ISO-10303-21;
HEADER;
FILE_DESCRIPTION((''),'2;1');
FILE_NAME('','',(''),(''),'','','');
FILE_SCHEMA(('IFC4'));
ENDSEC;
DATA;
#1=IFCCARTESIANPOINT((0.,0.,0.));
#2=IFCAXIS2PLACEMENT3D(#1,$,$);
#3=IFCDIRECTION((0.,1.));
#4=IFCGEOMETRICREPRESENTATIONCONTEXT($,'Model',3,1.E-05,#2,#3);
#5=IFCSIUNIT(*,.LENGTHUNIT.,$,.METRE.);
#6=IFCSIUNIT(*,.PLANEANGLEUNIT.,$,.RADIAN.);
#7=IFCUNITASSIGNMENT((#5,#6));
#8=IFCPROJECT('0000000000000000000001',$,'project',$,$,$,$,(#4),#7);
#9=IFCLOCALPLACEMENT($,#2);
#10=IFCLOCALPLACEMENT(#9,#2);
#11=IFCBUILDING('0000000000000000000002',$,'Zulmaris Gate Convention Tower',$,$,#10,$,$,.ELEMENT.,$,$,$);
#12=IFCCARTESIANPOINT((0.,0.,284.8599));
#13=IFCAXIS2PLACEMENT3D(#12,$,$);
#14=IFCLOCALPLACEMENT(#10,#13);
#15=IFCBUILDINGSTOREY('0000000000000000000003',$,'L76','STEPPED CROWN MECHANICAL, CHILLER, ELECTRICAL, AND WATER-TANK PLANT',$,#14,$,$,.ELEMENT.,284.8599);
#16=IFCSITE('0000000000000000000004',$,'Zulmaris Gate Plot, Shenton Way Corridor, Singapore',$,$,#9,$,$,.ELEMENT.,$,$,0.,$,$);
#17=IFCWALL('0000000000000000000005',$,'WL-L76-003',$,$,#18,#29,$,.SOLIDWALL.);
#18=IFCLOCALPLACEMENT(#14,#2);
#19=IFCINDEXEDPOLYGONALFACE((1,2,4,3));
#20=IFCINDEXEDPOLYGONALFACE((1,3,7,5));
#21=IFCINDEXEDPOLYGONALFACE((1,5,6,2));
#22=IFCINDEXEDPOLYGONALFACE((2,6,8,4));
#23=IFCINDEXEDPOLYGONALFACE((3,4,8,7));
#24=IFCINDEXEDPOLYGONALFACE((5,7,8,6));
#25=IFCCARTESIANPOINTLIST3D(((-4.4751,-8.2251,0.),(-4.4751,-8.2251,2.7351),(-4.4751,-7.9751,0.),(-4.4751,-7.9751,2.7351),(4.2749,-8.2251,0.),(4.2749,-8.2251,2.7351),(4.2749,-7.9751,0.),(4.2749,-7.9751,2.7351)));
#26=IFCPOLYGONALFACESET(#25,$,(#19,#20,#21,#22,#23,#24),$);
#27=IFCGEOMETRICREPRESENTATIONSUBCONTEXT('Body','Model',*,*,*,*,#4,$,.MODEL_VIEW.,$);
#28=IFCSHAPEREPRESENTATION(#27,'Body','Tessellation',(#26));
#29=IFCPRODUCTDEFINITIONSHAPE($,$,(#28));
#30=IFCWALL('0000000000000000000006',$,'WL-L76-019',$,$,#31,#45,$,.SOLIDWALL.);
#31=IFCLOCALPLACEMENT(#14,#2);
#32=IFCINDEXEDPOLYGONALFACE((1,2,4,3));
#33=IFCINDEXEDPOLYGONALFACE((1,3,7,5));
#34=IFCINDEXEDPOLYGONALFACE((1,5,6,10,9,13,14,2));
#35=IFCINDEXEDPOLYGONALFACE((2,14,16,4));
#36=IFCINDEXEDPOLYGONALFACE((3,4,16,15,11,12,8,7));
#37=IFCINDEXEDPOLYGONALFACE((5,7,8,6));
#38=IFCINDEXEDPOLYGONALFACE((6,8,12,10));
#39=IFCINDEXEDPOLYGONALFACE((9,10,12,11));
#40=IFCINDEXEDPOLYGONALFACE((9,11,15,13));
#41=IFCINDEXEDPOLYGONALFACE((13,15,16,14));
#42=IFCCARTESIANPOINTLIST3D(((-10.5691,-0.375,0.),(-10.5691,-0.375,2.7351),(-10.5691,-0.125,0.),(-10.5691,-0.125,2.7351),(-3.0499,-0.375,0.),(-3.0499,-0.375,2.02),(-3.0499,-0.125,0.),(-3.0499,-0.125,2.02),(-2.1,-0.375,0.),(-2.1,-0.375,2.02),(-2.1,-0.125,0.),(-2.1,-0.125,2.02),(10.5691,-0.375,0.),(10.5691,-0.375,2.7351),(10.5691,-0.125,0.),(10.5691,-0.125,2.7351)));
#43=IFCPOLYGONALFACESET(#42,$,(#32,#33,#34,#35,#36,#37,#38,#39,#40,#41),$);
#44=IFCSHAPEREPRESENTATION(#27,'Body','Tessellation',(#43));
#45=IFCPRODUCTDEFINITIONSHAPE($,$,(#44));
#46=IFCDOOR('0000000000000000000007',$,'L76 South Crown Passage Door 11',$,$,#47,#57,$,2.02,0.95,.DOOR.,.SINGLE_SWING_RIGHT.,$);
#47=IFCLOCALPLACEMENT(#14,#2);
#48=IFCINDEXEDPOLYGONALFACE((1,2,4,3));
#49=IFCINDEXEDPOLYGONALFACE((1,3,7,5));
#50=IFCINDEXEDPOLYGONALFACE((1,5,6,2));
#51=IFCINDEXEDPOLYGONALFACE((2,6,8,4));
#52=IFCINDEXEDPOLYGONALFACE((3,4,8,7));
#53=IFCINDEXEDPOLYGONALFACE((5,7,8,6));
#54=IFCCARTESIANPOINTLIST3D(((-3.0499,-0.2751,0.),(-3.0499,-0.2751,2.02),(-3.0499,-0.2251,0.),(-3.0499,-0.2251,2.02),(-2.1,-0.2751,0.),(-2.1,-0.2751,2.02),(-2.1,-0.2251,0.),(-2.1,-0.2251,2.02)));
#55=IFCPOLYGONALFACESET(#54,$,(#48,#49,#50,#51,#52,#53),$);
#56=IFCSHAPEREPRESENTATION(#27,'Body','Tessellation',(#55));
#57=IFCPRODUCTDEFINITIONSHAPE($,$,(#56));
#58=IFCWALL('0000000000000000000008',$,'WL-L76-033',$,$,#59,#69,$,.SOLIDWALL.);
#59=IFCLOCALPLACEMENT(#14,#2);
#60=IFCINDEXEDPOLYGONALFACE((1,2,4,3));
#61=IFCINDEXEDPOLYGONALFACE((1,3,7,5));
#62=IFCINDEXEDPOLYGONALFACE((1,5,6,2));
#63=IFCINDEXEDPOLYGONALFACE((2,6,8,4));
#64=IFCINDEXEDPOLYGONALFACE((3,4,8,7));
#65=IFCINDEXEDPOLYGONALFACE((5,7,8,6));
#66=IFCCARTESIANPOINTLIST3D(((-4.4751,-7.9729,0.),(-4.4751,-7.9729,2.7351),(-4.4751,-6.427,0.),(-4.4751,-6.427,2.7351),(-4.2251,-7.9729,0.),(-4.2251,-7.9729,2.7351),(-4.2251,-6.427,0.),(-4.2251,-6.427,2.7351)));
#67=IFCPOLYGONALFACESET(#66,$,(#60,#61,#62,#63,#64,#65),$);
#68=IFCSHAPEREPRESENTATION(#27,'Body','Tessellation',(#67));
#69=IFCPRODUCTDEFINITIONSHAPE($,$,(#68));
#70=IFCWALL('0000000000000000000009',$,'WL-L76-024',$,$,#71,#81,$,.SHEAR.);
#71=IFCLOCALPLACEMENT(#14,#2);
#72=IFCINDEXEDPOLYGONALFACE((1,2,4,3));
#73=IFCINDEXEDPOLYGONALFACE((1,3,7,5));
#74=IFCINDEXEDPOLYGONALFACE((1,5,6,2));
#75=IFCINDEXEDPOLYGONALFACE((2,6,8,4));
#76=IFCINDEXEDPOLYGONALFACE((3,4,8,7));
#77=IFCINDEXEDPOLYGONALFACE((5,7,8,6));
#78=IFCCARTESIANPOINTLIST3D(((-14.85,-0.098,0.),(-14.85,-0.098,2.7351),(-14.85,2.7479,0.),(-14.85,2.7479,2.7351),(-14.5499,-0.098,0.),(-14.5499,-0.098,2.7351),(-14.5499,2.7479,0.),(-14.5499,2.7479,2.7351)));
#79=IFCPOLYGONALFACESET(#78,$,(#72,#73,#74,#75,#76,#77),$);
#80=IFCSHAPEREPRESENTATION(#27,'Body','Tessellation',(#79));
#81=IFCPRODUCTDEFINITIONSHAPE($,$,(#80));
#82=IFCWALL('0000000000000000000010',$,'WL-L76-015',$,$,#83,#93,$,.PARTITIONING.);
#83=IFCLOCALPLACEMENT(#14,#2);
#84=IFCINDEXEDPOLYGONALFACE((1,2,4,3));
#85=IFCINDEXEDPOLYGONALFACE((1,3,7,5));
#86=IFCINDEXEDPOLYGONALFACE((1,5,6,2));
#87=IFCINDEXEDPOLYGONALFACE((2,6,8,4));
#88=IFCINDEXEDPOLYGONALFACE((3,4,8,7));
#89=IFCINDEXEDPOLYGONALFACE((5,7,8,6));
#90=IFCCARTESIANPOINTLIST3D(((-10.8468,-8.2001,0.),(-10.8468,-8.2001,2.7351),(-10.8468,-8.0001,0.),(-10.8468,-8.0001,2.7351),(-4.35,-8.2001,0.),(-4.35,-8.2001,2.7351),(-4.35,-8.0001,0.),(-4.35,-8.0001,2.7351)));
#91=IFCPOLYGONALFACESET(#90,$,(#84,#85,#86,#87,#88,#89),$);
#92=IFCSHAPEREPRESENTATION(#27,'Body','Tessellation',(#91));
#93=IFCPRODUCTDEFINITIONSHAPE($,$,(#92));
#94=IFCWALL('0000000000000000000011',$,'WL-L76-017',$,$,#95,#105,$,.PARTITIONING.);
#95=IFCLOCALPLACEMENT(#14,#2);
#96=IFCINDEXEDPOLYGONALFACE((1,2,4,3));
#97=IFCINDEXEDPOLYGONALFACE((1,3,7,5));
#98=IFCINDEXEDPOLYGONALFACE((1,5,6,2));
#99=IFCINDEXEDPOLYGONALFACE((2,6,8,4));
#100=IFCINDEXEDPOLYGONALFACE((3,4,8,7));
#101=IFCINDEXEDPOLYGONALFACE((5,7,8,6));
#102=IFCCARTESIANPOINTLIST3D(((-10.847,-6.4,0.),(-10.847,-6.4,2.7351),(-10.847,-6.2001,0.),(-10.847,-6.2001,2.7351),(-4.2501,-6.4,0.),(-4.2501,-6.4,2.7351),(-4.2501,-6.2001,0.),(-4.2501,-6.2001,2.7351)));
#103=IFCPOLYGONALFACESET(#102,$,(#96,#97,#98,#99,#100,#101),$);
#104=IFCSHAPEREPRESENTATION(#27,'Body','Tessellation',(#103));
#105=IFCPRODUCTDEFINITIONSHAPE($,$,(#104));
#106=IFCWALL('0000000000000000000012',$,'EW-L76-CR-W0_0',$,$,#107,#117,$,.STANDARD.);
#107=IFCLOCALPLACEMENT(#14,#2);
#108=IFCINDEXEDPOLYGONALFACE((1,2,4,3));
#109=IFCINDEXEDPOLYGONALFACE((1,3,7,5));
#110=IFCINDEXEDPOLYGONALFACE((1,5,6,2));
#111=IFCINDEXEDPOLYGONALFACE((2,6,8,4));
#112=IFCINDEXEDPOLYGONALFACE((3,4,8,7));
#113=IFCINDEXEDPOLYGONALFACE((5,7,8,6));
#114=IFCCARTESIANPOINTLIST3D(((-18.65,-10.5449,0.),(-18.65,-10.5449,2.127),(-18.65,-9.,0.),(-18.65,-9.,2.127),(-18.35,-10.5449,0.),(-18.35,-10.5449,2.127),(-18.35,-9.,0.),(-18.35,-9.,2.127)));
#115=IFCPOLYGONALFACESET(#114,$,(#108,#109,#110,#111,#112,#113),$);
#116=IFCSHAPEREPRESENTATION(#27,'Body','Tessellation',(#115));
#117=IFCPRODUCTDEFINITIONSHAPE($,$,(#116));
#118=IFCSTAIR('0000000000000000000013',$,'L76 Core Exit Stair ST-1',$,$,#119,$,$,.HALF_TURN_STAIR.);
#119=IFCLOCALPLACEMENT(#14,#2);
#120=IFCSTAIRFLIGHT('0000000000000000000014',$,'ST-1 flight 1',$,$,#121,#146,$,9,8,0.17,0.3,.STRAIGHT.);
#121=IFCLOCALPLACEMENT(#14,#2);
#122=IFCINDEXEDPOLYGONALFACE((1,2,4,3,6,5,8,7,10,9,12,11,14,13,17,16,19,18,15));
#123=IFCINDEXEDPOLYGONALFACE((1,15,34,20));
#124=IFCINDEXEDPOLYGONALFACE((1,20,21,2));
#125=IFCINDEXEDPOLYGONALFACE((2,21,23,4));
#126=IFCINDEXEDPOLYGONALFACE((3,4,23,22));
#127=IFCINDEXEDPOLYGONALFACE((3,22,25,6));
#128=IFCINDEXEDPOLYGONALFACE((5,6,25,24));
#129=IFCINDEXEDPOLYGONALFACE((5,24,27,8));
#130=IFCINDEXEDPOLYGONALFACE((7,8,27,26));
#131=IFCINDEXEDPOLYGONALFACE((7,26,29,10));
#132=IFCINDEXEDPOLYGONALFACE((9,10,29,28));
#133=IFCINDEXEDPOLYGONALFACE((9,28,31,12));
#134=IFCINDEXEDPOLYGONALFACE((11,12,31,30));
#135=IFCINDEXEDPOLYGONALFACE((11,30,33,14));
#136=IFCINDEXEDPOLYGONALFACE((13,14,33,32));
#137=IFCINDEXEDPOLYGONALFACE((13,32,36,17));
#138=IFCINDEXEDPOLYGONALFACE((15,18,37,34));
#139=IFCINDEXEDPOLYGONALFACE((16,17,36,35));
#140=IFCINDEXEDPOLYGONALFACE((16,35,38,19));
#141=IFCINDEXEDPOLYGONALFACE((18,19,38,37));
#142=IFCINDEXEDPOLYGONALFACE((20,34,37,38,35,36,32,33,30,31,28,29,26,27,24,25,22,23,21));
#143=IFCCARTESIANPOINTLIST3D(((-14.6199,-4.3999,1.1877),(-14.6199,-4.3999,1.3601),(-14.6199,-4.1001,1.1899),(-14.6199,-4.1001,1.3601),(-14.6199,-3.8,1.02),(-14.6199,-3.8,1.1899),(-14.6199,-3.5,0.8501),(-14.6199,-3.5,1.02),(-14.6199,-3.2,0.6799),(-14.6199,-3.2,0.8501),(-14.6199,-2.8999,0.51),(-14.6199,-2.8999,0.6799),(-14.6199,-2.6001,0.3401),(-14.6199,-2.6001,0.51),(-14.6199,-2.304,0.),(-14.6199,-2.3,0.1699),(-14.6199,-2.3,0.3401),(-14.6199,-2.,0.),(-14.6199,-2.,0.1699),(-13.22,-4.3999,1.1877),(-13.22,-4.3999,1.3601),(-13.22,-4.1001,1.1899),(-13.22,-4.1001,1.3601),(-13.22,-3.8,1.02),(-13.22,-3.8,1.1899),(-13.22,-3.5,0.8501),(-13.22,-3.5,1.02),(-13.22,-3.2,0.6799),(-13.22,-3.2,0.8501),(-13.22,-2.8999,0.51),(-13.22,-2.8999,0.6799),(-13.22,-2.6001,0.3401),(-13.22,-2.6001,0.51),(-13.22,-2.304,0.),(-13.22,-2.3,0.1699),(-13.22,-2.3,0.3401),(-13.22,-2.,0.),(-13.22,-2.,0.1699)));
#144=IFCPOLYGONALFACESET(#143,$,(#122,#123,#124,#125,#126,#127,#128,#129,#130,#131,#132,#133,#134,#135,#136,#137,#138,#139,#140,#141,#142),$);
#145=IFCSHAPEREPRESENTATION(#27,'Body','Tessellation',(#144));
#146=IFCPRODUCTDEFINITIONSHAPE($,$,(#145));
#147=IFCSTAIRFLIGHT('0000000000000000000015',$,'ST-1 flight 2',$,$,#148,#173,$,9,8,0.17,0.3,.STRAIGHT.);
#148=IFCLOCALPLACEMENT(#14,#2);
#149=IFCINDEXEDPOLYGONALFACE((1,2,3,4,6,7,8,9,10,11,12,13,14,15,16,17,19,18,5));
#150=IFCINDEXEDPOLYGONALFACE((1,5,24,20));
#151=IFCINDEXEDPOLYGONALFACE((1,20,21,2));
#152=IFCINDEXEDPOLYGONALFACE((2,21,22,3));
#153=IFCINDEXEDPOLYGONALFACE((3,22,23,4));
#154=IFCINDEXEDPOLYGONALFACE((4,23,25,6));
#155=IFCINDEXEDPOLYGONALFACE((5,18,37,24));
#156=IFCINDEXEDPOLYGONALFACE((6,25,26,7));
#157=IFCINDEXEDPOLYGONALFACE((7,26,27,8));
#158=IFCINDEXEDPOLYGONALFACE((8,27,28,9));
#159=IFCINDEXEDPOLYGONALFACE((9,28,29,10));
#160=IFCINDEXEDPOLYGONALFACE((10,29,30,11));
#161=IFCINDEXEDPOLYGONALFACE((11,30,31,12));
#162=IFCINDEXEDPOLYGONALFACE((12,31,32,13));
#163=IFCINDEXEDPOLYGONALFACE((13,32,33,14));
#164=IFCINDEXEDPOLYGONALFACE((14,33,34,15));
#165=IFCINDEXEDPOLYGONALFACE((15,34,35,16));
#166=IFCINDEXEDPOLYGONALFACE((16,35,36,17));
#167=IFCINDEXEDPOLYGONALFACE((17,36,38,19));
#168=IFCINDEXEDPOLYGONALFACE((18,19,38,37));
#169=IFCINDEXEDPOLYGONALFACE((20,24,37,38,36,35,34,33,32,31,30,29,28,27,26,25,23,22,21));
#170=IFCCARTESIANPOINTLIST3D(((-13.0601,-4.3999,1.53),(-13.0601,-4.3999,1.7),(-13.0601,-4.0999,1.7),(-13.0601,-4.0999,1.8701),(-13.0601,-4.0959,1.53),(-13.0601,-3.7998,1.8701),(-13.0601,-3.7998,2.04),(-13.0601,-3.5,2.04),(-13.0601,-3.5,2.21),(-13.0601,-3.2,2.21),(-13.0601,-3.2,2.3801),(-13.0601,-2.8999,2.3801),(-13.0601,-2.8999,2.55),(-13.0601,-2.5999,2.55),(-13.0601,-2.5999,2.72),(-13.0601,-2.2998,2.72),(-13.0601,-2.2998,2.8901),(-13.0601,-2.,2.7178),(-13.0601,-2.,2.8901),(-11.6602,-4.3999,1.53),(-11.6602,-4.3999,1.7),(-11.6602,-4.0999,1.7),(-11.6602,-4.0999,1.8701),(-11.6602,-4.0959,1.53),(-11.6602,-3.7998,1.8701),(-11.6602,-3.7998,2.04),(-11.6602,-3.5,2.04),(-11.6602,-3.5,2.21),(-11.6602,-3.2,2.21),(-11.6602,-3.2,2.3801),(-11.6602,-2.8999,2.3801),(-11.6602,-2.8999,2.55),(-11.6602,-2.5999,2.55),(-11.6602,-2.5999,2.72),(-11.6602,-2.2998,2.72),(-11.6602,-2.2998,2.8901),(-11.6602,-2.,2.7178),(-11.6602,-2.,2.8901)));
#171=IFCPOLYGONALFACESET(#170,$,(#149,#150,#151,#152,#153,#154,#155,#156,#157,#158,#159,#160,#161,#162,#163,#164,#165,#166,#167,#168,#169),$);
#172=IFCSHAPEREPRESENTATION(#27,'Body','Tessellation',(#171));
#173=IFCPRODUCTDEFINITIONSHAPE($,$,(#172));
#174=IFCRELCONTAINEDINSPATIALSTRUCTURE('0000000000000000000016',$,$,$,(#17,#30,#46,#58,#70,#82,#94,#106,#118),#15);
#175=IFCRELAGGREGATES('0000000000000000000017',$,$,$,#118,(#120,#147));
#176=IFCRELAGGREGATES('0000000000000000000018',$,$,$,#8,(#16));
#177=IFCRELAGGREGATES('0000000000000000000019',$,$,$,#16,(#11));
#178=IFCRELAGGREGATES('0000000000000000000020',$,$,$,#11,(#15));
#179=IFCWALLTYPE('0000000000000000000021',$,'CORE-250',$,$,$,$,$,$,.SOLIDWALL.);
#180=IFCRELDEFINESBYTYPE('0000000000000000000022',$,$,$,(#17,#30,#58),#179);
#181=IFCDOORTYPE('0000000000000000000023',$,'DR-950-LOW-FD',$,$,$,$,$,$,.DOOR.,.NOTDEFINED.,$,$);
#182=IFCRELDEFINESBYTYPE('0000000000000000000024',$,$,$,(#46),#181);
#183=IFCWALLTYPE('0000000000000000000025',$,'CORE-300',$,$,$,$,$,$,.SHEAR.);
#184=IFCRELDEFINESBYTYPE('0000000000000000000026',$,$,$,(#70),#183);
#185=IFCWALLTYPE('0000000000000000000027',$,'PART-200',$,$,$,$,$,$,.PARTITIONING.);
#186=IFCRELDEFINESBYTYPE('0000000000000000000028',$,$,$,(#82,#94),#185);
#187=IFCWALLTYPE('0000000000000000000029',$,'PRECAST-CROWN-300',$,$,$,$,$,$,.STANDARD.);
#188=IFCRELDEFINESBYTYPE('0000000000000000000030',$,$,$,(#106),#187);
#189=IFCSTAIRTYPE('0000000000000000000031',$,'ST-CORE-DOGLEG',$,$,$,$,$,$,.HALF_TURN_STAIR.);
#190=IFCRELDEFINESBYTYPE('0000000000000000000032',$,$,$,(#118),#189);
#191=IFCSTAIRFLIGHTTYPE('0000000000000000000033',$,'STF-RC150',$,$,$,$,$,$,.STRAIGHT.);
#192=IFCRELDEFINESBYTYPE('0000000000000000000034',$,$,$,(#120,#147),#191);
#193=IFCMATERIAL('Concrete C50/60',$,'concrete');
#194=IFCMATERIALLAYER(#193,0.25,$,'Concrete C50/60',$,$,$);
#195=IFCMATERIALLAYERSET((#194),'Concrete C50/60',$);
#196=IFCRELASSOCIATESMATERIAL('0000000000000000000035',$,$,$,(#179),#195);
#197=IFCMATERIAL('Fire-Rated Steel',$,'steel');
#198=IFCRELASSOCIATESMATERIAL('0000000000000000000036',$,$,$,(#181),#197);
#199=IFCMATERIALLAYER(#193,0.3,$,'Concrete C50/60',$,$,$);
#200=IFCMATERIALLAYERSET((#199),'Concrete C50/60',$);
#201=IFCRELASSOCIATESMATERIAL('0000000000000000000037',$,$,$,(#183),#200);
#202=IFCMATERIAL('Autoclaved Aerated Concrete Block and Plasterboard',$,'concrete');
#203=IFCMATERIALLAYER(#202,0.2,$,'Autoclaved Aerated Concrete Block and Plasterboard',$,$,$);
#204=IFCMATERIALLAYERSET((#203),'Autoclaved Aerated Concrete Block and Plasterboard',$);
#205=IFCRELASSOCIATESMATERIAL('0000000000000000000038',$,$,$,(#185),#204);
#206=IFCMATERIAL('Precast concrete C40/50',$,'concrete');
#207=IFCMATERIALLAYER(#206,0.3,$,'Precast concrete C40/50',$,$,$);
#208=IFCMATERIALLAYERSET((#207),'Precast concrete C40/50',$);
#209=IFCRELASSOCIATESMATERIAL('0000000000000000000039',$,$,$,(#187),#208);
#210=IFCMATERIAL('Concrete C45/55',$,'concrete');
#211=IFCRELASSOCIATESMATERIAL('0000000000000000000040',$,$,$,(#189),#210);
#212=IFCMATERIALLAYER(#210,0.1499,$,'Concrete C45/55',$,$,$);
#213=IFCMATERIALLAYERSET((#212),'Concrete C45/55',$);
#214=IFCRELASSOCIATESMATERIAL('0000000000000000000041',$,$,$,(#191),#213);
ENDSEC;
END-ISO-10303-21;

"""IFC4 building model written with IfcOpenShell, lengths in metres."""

from ifc_helpers import new_model, si_unit, direction, frame, frame_2d, origin, place, context, subcontext, project, spatial, polyline, rectangle, outline, extrude, material, layer, layer_set, type_object, element, fill, aggregate, save


model = new_model("IFC4")

# Units and contexts
model_context = context("Model", 3, precision=1e-05, world=origin(), true_north=direction((0.0, 1.0)))
body_context = subcontext(model_context, "Body", "Model", "MODEL_VIEW")
ifc_project = project(units=[si_unit("LENGTHUNIT", "METRE"), si_unit("PLANEANGLEUNIT", "RADIAN")], contexts=[model_context])

# Site, building, storey
site_placement = place(None, origin())
site = spatial("IfcSite", under=ifc_project, at=site_placement, Name="Zulmaris Gate Plot, Shenton Way Corridor, Singapore", CompositionType="ELEMENT", RefElevation=0.0)
building_placement = place(site_placement, origin())
building = spatial("IfcBuilding", under=site, at=building_placement, Name="Zulmaris Gate Convention Tower", CompositionType="ELEMENT")
storey_placement = place(building_placement, frame((0.0, 0.0, 284.8599)))
storey = spatial("IfcBuildingStorey", under=building, at=storey_placement, Name="L76", Description="STEPPED CROWN MECHANICAL, CHILLER, ELECTRICAL, AND WATER-TANK PLANT", CompositionType="ELEMENT", Elevation=284.8599)

# Wall
ifc_material_1 = material(Name="Concrete C50/60", Category="concrete")
ifc_layer_1 = layer(ifc_material_1, 0.25, Name="Concrete C50/60")
ifc_layer_set_1 = layer_set([ifc_layer_1], Name="Concrete C50/60")
wall_type_1 = type_object("IfcWallType", Name="CORE-250", PredefinedType="SOLIDWALL", material=ifc_layer_set_1)
wall_1_placement = place(storey_placement, frame((-4.4751, -8.1001, 0.0), z_axis=(0.0, 0.0, 1.0), x_axis=(1.0, 0.0, 0.0)))
element("IfcWall", 1, at=wall_1_placement, inside=storey, type_object=wall_type_1, Name="WL-L76-003", PredefinedType="SOLIDWALL", context=body_context, shape_type="SweptSolid", body=[
    extrude(rectangle(XDim=8.75, YDim=0.25, at=frame_2d((4.375, 0.0))), origin(), (0.0, 0.0, 1.0), 2.7351),
])

# Wall, opening, door
ifc_material_2 = material(Name="Fire-Rated Steel", Category="steel")
wall_2_placement = place(storey_placement, frame((-10.5691, -0.25, 0.0), z_axis=(0.0, 0.0, 1.0), x_axis=(1.0, 0.0, 0.0)))
wall_2 = element("IfcWall", 2, at=wall_2_placement, inside=storey, type_object=wall_type_1, Name="WL-L76-019", PredefinedType="SOLIDWALL", context=body_context, shape_type="SweptSolid", body=[
    extrude(rectangle(XDim=21.1382, YDim=0.25, at=frame_2d((10.5691, 0.0))), origin(), (0.0, 0.0, 1.0), 2.7351),
])
opening_1_placement = place(wall_2_placement, frame((7.519, 0.0, 0.0)))
opening_1 = element("IfcOpeningElement", 3, at=opening_1_placement, cuts=wall_2, PredefinedType="OPENING", context=body_context, shape_type="SweptSolid", body=[
    extrude(rectangle(XDim=0.95, YDim=2.02, at=frame_2d((0.4751, 1.01))), frame((0.0, 0.135, 0.0), z_axis=(0.0, -1.0, 0.0), x_axis=(1.0, 0.0, 0.0)), (0.0, 0.0, 1.0), 0.27),
])
door_type_1 = type_object("IfcDoorType", Name="DR-950-LOW-FD", OperationType="NOTDEFINED", PredefinedType="DOOR", material=ifc_material_2)
door_1_placement = place(opening_1_placement, origin())
door_1 = element("IfcDoor", 4, at=door_1_placement, inside=storey, type_object=door_type_1, Name="L76 South Crown Passage Door 11", OperationType="SINGLE_SWING_RIGHT", OverallHeight=2.02, OverallWidth=0.95, PredefinedType="DOOR", context=body_context, shape_type="SweptSolid", body=[
    extrude(rectangle(XDim=0.95, YDim=2.02, at=frame_2d((0.4751, 1.01))), frame((0.0, 0.0249, 0.0), z_axis=(0.0, -1.0, 0.0), x_axis=(1.0, 0.0, 0.0)), (0.0, 0.0, 1.0), 0.05),
])
fill(opening_1, door_1)

# Wall
wall_3_placement = place(storey_placement, frame((-4.3501, -7.9729, 0.0), z_axis=(0.0, 0.0, 1.0), x_axis=(0.0, 1.0, 0.0)))
element("IfcWall", 5, at=wall_3_placement, inside=storey, type_object=wall_type_1, Name="WL-L76-033", PredefinedType="SOLIDWALL", context=body_context, shape_type="SweptSolid", body=[
    extrude(rectangle(XDim=1.5459, YDim=0.25, at=frame_2d((0.7729, 0.0))), origin(), (0.0, 0.0, 1.0), 2.7351),
])

# Shared definitions
ifc_layer_2 = layer(ifc_material_1, 0.3, Name="Concrete C50/60")
ifc_layer_set_2 = layer_set([ifc_layer_2], Name="Concrete C50/60")
wall_type_2 = type_object("IfcWallType", Name="CORE-300", PredefinedType="SHEAR", material=ifc_layer_set_2)

# Walls
wall_4_placement = place(storey_placement, frame((-14.7, -0.0979, 0.0), z_axis=(0.0, 0.0, 1.0), x_axis=(0.0, 1.0, 0.0)))
element("IfcWall", 6, at=wall_4_placement, inside=storey, type_object=wall_type_2, Name="WL-L76-024", PredefinedType="SHEAR", context=body_context, shape_type="SweptSolid", body=[
    extrude(rectangle(XDim=2.8459, YDim=0.3, at=frame_2d((1.4229, 0.0))), origin(), (0.0, 0.0, 1.0), 2.7351),
])
ifc_material_3 = material(Name="Autoclaved Aerated Concrete Block and Plasterboard", Category="concrete")
ifc_layer_3 = layer(ifc_material_3, 0.2, Name="Autoclaved Aerated Concrete Block and Plasterboard")
ifc_layer_set_3 = layer_set([ifc_layer_3], Name="Autoclaved Aerated Concrete Block and Plasterboard")
wall_type_3 = type_object("IfcWallType", Name="PART-200", PredefinedType="PARTITIONING", material=ifc_layer_set_3)
wall_5_placement = place(storey_placement, frame((-10.8469, -8.1001, 0.0), z_axis=(0.0, 0.0, 1.0), x_axis=(1.0, 0.0, 0.0)))
element("IfcWall", 7, at=wall_5_placement, inside=storey, type_object=wall_type_3, Name="WL-L76-015", PredefinedType="PARTITIONING", context=body_context, shape_type="SweptSolid", body=[
    extrude(rectangle(XDim=6.4968, YDim=0.2, at=frame_2d((3.2485, 0.0))), origin(), (0.0, 0.0, 1.0), 2.7351),
])
wall_6_placement = place(storey_placement, frame((-10.8469, -6.3, 0.0), z_axis=(0.0, 0.0, 1.0), x_axis=(1.0, 0.0, 0.0)))
element("IfcWall", 8, at=wall_6_placement, inside=storey, type_object=wall_type_3, Name="WL-L76-017", PredefinedType="PARTITIONING", context=body_context, shape_type="SweptSolid", body=[
    extrude(rectangle(XDim=6.5969, YDim=0.2, at=frame_2d((3.2983, 0.0))), origin(), (0.0, 0.0, 1.0), 2.7351),
])

# Wall
ifc_material_4 = material(Name="Precast concrete C40/50", Category="concrete")
ifc_layer_4 = layer(ifc_material_4, 0.3, Name="Precast concrete C40/50")
ifc_layer_set_4 = layer_set([ifc_layer_4], Name="Precast concrete C40/50")
wall_type_4 = type_object("IfcWallType", Name="PRECAST-CROWN-300", PredefinedType="STANDARD", material=ifc_layer_set_4)
wall_7_placement = place(storey_placement, frame((-18.5, -9.0, 0.0), z_axis=(0.0, 0.0, 1.0), x_axis=(0.0, -1.0, 0.0)))
element("IfcWall", 9, at=wall_7_placement, inside=storey, type_object=wall_type_4, Name="EW-L76-CR-W0_0", PredefinedType="STANDARD", context=body_context, shape_type="SweptSolid", body=[
    extrude(rectangle(XDim=1.5449, YDim=0.3, at=frame_2d((0.7725, 0.0))), origin(), (0.0, 0.0, 1.0), 2.127),
])

# Stair, stair flights
ifc_material_5 = material(Name="Concrete C45/55", Category="concrete")
stair_type_1 = type_object("IfcStairType", Name="ST-CORE-DOGLEG", PredefinedType="HALF_TURN_STAIR", material=ifc_material_5)
stair_1_placement = place(storey_placement, origin())
stair_1 = element("IfcStair", 10, at=stair_1_placement, inside=storey, type_object=stair_type_1, Name="L76 Core Exit Stair ST-1", PredefinedType="HALF_TURN_STAIR")
ifc_layer_5 = layer(ifc_material_5, 0.1499, Name="Concrete C45/55")
ifc_layer_set_5 = layer_set([ifc_layer_5], Name="Concrete C45/55")
stair_flight_type = type_object("IfcStairFlightType", Name="STF-RC150", PredefinedType="STRAIGHT", material=ifc_layer_set_5)
stair_flight_1_placement = place(storey_placement, frame((-13.9199, -2.0, 0.0), z_axis=(0.0, 0.0, 1.0), x_axis=(0.0, -1.0, 0.0)))
stair_flight_1 = element("IfcStairFlight", 11, at=stair_flight_1_placement, type_object=stair_flight_type, Name="ST-1 flight 1", NumberOfRisers=9, NumberOfTreads=8, PredefinedType="STRAIGHT", RiserHeight=0.17, TreadLength=0.3, context=body_context, shape_type="SweptSolid", body=[
    extrude(outline(polyline([(0.0, 0.0), (0.0, 0.1699), (0.3, 0.1699), (0.3, 0.3401), (0.6001, 0.3401), (0.6001, 0.51), (0.8999, 0.51), (0.8999, 0.6799), (1.2, 0.6799), (1.2, 0.8501), (1.5, 0.8501), (1.5, 1.02), (1.8, 1.02), (1.8, 1.1899), (2.1001, 1.1899), (2.1001, 1.3601), (2.3999, 1.3601), (2.3999, 1.53), (2.3999, 1.1877), (0.304, 0.0), (0.0, 0.0)])), frame((0.0, 0.7, 0.0), z_axis=(0.0, -1.0, 0.0), x_axis=(1.0, 0.0, 0.0)), (0.0, 0.0, 1.0), 1.3999),
])
stair_flight_2_placement = place(storey_placement, frame((-12.3601, -4.3999, 1.53), z_axis=(0.0, 0.0, 1.0), x_axis=(0.0, 1.0, 0.0)))
stair_flight_2 = element("IfcStairFlight", 12, at=stair_flight_2_placement, type_object=stair_flight_type, Name="ST-1 flight 2", NumberOfRisers=9, NumberOfTreads=8, PredefinedType="STRAIGHT", RiserHeight=0.17, TreadLength=0.3, context=body_context, shape_type="SweptSolid", body=[
    extrude(outline(polyline([(0.0, 0.0), (0.0, 0.1699), (0.3, 0.1699), (0.3, 0.3401), (0.6001, 0.3401), (0.6001, 0.51), (0.8999, 0.51), (0.8999, 0.6799), (1.2, 0.6799), (1.2, 0.8501), (1.5, 0.8501), (1.5, 1.02), (1.8, 1.02), (1.8, 1.1899), (2.1001, 1.1899), (2.1001, 1.3601), (2.3999, 1.3601), (2.3999, 1.53), (2.3999, 1.1877), (0.304, 0.0), (0.0, 0.0)])), frame((0.0, 0.7, 0.0), z_axis=(0.0, -1.0, 0.0), x_axis=(1.0, 0.0, 0.0)), (0.0, 0.0, 1.0), 1.3999),
])
aggregate(stair_1, [stair_flight_1, stair_flight_2])

save(model, "model.ifc")
